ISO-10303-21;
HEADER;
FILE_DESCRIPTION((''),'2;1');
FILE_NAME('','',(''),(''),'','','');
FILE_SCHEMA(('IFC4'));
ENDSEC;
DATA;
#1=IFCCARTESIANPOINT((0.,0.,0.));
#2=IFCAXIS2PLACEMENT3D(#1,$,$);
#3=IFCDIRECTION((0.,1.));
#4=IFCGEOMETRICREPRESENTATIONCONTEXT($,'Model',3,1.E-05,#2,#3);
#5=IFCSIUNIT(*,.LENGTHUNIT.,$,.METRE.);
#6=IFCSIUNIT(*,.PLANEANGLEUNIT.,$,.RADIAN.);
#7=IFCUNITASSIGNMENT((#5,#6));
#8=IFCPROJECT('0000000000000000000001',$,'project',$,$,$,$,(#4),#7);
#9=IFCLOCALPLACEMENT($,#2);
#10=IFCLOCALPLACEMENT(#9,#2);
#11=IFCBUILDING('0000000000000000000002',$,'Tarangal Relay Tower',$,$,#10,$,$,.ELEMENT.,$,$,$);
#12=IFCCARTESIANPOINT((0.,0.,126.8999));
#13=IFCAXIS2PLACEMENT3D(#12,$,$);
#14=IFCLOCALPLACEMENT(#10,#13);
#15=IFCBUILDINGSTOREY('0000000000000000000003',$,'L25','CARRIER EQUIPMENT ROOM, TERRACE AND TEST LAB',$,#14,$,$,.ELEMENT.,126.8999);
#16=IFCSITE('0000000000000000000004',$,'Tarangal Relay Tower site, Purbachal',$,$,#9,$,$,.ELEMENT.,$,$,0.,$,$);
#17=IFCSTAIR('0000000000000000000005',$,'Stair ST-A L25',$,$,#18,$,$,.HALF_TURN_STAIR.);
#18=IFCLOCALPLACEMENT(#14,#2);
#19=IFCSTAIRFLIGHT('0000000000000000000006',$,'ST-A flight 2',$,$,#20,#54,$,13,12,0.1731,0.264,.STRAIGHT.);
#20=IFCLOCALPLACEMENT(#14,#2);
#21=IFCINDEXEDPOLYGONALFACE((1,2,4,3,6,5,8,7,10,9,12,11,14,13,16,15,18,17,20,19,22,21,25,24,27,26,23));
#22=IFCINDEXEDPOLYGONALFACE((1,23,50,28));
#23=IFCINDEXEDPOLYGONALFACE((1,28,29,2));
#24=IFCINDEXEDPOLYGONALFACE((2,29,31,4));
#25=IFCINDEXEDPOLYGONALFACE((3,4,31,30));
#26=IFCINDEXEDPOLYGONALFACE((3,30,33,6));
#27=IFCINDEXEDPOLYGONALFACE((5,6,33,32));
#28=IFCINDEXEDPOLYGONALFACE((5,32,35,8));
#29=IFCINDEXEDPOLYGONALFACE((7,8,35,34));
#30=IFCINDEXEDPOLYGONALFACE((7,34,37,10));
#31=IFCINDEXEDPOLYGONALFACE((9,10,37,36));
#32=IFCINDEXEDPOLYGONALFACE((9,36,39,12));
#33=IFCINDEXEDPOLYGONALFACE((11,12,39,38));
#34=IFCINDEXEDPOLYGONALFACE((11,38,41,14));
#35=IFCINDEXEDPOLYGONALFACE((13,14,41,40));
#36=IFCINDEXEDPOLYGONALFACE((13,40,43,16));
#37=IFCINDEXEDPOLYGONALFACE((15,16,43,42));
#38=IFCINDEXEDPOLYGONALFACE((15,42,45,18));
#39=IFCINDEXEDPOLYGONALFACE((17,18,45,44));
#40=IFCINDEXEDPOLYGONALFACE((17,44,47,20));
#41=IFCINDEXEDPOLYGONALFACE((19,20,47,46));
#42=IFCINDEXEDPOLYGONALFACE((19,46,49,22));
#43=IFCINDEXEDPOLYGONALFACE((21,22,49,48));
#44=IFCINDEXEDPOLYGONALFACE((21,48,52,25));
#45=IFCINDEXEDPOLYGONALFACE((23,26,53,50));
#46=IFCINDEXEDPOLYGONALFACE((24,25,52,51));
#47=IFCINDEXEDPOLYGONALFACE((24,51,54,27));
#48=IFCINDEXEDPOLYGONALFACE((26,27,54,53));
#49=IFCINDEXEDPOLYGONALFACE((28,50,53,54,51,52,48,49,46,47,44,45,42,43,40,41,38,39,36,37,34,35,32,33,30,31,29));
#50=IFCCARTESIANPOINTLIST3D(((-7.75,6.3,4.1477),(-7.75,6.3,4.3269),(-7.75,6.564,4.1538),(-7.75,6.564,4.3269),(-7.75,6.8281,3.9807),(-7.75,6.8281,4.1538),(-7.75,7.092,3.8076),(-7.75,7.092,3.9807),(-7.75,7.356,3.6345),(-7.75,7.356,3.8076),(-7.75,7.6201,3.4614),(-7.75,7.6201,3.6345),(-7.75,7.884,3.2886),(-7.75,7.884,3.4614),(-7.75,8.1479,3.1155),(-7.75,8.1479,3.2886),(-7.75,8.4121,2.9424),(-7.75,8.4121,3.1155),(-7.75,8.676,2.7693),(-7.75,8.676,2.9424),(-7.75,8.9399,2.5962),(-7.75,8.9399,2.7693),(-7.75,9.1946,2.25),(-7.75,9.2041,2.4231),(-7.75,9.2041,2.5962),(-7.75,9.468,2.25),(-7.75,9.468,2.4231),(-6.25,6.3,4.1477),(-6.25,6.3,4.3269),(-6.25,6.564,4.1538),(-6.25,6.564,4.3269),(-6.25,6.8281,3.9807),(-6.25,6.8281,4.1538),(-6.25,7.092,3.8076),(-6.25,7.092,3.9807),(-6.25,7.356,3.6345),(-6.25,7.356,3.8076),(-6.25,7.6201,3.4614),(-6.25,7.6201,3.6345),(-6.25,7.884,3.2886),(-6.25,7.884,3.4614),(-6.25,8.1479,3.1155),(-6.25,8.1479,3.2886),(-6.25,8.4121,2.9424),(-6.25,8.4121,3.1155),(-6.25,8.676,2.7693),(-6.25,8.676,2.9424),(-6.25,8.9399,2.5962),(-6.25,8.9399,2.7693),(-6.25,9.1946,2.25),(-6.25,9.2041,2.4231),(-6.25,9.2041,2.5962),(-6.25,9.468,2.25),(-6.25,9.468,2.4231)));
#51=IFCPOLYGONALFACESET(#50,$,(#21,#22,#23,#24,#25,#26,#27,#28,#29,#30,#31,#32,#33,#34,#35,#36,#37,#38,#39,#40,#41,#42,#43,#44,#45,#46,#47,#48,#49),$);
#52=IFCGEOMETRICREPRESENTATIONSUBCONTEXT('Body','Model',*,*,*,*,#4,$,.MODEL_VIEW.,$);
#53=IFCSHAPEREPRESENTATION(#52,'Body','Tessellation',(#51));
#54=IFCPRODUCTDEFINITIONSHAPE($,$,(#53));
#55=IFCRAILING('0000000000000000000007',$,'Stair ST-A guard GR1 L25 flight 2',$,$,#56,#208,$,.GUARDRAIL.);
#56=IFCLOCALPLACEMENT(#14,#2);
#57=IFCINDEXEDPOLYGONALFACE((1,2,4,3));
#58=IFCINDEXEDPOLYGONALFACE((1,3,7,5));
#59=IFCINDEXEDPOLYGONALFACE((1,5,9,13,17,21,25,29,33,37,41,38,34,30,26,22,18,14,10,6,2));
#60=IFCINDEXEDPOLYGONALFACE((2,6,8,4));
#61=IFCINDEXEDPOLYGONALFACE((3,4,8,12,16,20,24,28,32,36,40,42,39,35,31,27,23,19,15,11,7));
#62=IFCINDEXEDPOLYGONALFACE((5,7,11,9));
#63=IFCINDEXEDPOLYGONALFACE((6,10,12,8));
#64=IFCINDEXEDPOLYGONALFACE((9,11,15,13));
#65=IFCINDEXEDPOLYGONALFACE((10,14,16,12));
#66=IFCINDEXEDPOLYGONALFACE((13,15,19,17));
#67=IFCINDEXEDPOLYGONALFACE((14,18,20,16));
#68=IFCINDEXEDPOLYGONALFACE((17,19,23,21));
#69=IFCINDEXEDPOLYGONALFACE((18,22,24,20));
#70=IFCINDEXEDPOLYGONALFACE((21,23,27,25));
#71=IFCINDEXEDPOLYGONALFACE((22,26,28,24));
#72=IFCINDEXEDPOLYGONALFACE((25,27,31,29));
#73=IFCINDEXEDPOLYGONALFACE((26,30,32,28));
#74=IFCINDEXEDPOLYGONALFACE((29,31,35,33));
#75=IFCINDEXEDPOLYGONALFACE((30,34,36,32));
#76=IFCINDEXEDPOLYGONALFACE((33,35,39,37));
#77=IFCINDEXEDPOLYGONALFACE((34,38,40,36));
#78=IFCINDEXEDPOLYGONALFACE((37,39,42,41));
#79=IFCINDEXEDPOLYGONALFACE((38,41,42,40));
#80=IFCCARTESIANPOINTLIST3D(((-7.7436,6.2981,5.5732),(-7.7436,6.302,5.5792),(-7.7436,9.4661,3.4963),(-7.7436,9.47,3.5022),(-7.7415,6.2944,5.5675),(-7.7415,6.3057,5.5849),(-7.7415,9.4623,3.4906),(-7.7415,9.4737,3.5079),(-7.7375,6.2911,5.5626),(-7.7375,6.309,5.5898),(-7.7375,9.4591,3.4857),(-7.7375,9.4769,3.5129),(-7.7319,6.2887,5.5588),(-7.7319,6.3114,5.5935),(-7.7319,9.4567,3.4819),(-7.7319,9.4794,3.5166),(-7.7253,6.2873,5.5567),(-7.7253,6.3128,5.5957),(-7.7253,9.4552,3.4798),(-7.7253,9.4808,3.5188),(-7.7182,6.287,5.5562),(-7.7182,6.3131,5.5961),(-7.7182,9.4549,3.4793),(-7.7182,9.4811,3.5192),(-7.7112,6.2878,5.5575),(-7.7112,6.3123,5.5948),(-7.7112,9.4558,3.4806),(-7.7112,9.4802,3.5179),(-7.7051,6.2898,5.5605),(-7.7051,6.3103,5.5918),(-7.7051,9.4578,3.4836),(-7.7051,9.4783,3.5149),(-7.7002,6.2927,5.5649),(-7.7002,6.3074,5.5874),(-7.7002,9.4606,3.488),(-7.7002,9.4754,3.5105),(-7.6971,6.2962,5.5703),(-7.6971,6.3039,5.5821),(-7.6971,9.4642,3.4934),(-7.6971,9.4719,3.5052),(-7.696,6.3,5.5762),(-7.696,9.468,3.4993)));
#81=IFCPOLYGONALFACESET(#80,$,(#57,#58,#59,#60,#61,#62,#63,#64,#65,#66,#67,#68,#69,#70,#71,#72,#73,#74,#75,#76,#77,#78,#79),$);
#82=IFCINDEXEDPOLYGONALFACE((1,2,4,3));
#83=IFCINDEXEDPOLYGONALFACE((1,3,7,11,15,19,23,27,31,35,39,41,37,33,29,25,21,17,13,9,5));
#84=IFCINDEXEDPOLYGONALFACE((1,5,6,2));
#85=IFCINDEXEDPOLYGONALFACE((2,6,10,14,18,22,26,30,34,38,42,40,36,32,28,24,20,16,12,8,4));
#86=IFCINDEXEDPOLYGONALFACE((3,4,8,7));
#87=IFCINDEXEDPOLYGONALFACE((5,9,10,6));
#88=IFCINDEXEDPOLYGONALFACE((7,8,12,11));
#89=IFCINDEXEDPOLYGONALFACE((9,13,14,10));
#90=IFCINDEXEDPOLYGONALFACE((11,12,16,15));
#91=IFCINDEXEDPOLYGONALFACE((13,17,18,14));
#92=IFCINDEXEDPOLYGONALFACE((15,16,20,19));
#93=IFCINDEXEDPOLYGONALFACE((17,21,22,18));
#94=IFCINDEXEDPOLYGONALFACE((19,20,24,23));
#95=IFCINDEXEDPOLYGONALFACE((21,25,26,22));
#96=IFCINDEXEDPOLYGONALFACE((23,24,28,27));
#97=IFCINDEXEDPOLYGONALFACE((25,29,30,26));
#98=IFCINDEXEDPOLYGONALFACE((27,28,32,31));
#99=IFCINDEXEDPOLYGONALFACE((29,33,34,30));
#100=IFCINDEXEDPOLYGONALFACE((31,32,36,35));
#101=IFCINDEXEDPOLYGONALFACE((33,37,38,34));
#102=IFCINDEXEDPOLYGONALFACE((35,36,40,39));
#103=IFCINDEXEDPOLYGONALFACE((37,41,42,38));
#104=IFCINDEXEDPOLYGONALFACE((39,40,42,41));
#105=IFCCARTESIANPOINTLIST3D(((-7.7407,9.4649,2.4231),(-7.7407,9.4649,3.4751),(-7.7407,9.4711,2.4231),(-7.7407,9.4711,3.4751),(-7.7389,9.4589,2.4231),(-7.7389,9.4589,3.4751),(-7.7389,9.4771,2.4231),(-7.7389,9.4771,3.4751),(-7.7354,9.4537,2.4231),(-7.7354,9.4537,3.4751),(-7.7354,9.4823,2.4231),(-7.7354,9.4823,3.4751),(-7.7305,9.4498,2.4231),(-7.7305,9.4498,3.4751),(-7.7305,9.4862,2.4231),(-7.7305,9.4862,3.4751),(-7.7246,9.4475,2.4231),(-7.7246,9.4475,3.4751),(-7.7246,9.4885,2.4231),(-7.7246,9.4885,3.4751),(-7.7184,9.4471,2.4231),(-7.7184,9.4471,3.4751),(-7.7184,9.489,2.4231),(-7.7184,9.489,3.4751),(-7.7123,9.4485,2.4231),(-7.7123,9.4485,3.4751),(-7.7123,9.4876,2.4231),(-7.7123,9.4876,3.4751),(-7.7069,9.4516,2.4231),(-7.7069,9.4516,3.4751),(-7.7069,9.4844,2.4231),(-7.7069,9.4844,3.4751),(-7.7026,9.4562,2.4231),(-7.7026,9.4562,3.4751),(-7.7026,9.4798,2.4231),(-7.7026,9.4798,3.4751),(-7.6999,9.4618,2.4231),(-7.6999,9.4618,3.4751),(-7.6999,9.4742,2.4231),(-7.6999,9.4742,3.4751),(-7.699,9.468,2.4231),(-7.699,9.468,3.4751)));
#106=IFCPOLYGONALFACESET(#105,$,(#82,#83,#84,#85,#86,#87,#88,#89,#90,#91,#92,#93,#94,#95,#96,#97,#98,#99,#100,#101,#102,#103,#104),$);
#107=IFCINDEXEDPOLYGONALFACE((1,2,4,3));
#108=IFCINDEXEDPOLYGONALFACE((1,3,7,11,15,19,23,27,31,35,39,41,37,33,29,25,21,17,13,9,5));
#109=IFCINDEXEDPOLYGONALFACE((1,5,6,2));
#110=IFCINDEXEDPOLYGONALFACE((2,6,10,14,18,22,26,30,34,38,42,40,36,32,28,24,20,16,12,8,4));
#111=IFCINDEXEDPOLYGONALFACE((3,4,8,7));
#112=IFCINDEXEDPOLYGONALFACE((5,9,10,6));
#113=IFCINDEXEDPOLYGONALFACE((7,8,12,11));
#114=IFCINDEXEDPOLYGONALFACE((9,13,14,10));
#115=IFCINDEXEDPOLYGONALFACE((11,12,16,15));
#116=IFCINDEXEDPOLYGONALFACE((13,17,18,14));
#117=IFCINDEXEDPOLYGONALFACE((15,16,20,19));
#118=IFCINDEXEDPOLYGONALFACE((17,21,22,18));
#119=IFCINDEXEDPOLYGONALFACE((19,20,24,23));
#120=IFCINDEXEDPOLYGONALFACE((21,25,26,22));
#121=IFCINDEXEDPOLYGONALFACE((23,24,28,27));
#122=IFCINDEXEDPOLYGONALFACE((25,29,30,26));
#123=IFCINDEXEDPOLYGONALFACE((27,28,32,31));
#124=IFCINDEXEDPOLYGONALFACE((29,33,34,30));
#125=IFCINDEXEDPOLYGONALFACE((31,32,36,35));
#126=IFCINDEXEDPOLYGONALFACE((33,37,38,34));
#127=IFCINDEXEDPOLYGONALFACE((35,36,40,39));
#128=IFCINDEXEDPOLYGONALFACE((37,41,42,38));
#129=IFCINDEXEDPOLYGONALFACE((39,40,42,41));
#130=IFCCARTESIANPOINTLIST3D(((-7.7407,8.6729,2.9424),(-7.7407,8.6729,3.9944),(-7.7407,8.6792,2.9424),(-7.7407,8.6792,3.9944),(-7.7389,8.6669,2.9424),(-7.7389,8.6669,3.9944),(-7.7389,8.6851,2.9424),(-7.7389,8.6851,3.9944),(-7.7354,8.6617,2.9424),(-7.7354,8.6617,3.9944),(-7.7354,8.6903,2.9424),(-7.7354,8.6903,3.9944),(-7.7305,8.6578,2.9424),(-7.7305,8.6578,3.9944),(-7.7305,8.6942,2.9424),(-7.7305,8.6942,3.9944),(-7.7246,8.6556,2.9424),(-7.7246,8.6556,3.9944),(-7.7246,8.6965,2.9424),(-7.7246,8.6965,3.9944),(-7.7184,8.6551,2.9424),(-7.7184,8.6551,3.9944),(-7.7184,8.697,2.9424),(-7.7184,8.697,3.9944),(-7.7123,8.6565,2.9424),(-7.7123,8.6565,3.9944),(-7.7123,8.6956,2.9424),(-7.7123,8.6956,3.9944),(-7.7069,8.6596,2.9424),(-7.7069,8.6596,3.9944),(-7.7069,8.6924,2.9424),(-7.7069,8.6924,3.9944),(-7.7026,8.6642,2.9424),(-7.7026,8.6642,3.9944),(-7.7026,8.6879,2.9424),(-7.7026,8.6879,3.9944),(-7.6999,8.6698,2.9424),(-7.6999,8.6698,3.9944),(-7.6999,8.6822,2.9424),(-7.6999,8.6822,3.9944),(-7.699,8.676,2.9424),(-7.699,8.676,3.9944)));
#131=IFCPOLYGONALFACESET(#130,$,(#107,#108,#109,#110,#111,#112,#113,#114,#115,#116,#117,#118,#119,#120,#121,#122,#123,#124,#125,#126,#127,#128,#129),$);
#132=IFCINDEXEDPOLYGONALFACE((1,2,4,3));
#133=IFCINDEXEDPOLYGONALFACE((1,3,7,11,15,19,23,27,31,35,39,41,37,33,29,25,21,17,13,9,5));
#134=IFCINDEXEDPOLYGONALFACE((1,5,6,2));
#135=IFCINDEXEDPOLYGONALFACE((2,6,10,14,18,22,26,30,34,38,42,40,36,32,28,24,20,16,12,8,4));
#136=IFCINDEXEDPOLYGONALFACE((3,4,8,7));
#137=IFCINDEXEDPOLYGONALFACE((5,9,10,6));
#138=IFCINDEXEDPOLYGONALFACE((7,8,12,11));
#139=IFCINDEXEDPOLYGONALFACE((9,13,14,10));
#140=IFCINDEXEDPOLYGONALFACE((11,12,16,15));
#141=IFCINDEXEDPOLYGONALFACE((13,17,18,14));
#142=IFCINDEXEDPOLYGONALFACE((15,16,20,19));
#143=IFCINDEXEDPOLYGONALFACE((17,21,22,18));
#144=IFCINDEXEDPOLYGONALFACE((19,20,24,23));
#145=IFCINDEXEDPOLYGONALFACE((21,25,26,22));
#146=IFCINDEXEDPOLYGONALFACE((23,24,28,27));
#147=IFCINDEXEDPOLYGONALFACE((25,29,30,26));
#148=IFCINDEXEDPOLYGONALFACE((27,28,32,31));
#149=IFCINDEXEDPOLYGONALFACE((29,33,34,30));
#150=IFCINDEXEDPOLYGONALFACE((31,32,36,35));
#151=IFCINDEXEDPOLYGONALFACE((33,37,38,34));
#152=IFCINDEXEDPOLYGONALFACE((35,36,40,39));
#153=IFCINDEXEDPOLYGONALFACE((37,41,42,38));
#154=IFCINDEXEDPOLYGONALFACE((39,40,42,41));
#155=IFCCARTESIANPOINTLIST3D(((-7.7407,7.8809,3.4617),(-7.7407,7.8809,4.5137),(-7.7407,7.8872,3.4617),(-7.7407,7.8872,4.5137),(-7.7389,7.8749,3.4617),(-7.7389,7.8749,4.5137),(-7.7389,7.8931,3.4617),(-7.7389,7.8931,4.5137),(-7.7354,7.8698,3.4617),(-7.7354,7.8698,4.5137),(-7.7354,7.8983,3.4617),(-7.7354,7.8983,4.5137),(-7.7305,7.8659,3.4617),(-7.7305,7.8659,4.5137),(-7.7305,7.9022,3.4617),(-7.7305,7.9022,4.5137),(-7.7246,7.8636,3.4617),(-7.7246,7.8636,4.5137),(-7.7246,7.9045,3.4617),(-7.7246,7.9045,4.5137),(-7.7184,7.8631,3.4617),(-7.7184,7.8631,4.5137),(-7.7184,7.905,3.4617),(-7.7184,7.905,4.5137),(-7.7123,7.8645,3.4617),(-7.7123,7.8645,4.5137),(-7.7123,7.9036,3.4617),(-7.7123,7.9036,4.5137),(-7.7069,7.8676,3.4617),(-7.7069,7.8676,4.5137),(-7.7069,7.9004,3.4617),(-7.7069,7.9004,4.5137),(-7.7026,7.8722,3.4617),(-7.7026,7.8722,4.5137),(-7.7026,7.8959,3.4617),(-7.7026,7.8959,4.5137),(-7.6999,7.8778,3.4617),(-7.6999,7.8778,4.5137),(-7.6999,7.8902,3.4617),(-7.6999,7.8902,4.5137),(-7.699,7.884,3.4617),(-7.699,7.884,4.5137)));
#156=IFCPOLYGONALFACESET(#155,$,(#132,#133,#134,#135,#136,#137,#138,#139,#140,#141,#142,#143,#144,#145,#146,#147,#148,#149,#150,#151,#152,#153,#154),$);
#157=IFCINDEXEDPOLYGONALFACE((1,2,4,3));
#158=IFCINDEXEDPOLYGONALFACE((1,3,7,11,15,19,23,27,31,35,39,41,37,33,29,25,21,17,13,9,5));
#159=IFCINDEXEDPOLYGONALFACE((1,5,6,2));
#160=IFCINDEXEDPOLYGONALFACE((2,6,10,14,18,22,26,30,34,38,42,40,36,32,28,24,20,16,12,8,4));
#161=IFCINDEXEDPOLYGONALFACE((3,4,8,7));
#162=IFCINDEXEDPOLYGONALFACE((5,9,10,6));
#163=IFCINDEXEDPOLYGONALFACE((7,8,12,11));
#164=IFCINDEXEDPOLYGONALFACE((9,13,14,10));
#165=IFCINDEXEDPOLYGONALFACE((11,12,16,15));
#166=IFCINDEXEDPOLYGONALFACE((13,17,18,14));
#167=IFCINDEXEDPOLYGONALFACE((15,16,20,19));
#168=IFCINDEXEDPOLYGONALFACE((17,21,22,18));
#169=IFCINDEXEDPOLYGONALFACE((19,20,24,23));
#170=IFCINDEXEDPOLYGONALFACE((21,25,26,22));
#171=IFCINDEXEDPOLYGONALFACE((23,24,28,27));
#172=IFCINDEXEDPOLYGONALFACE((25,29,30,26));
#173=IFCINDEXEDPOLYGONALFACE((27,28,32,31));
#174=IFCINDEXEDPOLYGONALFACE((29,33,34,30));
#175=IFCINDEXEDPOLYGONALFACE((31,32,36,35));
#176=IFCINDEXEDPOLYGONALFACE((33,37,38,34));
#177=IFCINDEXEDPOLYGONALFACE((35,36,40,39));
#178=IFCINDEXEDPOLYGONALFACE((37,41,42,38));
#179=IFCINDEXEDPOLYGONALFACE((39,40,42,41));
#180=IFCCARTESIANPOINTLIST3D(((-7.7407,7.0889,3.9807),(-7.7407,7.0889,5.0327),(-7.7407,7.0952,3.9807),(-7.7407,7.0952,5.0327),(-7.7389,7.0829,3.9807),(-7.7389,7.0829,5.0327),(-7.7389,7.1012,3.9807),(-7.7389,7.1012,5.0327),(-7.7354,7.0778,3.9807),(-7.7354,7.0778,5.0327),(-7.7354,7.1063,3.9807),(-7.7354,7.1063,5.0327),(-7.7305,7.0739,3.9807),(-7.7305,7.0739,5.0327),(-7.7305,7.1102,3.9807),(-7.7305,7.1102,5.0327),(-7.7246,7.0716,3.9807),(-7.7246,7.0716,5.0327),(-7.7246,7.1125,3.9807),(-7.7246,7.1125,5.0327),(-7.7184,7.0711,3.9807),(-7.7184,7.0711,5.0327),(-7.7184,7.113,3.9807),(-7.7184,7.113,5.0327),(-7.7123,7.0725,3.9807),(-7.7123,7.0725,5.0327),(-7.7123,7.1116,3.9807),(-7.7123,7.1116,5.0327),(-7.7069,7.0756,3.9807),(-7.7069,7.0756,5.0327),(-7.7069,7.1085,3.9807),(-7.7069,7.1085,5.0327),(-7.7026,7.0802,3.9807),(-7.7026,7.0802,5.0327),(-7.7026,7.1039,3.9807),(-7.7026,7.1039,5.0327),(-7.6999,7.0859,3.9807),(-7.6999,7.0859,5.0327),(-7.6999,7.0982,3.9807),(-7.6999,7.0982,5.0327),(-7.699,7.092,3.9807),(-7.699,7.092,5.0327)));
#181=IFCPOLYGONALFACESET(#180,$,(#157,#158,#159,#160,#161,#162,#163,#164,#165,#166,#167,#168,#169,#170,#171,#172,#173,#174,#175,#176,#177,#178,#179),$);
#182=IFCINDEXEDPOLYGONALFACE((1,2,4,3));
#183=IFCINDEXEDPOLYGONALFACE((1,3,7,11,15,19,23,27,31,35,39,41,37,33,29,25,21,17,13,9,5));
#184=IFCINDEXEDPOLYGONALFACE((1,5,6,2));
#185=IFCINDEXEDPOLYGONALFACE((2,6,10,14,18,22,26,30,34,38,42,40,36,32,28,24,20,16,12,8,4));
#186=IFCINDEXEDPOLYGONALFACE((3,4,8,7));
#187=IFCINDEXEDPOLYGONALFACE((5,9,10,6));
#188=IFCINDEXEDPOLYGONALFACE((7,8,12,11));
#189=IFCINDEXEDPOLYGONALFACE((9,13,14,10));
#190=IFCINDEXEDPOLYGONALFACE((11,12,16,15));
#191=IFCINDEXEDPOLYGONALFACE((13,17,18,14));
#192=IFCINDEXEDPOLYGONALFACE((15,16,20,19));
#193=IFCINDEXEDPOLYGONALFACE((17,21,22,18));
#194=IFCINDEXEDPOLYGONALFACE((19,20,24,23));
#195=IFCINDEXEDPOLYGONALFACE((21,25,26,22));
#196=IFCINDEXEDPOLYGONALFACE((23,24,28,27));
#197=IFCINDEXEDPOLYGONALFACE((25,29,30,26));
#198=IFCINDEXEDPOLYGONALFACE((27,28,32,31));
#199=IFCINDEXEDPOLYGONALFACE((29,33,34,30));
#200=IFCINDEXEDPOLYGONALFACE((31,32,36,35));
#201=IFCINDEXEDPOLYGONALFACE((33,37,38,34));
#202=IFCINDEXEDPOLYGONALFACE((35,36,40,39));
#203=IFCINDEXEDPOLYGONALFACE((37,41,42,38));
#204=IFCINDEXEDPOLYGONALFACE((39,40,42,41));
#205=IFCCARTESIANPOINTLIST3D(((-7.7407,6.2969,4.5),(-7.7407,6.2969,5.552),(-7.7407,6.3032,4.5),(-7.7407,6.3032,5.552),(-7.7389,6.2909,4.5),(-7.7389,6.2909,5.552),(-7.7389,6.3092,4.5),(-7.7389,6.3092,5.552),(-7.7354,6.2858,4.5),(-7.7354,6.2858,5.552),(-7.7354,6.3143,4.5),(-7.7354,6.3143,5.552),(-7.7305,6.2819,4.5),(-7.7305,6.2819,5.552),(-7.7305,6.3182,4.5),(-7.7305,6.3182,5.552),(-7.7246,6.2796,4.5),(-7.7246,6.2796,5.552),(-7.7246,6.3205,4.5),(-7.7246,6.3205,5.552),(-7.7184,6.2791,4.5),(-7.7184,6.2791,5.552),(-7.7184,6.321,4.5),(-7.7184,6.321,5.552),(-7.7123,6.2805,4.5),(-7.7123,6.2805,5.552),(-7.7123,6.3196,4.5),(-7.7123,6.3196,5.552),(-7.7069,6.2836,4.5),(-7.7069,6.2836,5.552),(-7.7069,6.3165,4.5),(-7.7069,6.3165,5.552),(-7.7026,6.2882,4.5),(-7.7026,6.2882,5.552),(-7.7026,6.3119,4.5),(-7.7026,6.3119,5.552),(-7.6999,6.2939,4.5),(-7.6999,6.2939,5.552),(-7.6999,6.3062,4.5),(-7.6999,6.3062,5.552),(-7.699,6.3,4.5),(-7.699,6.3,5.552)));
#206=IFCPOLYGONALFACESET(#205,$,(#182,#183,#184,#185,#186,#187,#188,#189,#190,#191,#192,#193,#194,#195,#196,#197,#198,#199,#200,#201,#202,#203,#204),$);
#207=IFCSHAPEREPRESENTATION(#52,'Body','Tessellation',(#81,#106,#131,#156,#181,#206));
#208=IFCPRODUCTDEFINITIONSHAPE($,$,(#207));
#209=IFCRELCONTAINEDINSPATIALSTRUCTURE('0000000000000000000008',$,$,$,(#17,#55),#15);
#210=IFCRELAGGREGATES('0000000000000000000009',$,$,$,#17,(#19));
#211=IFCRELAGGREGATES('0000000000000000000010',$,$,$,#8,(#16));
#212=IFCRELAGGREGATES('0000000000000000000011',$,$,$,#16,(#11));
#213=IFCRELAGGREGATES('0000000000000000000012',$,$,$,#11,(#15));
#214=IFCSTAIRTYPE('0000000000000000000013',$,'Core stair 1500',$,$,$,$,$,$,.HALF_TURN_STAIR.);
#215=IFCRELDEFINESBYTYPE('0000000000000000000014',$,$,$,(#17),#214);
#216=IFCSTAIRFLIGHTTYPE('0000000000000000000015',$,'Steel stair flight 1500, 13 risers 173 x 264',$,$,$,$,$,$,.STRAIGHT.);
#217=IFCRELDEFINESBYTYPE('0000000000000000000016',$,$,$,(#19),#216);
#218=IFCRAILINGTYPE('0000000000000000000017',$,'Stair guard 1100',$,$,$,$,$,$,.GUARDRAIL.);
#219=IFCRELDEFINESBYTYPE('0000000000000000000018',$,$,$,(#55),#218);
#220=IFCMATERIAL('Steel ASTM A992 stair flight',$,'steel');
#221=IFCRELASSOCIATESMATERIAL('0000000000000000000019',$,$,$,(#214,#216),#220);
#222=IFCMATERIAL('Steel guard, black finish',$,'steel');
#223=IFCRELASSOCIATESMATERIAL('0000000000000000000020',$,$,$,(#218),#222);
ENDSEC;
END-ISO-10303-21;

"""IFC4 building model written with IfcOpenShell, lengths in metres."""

from ifc_helpers import new_model, si_unit, direction, frame, origin, origin_2d, place, context, subcontext, project, spatial, polyline, circle, outline, extrude, material, type_object, element, aggregate, save


model = new_model("IFC4")

# Units and contexts
model_context = context("Model", 3, precision=1e-05, world=origin(), true_north=direction((0.0, 1.0)))
body_context = subcontext(model_context, "Body", "Model", "MODEL_VIEW")
ifc_project = project(units=[si_unit("LENGTHUNIT", "METRE"), si_unit("PLANEANGLEUNIT", "RADIAN")], contexts=[model_context])

# Site, building, storey
site_placement = place(None, origin())
site = spatial("IfcSite", under=ifc_project, at=site_placement, Name="Tarangal Relay Tower site, Purbachal", CompositionType="ELEMENT", RefElevation=0.0)
building_placement = place(site_placement, origin())
building = spatial("IfcBuilding", under=site, at=building_placement, Name="Tarangal Relay Tower", CompositionType="ELEMENT")
storey_placement = place(building_placement, frame((0.0, 0.0, 126.8999)))
storey = spatial("IfcBuildingStorey", under=building, at=storey_placement, Name="L25", Description="CARRIER EQUIPMENT ROOM, TERRACE AND TEST LAB", CompositionType="ELEMENT", Elevation=126.8999)

# Stair, stair flight
ifc_material_1 = material(Name="Steel ASTM A992 stair flight", Category="steel")
stair_type = type_object("IfcStairType", Name="Core stair 1500", PredefinedType="HALF_TURN_STAIR", material=ifc_material_1)
stair_placement = place(storey_placement, origin())
stair = element("IfcStair", 1, at=stair_placement, inside=storey, type_object=stair_type, Name="Stair ST-A L25", PredefinedType="HALF_TURN_STAIR")
stair_flight_type = type_object("IfcStairFlightType", Name="Steel stair flight 1500, 13 risers 173 x 264", PredefinedType="STRAIGHT", material=ifc_material_1)
stair_flight_placement = place(storey_placement, frame((-7.0, 9.468, 2.25), z_axis=(0.0, 0.0, 1.0), x_axis=(0.0, -1.0, 0.0)))
stair_flight = element("IfcStairFlight", 2, at=stair_flight_placement, type_object=stair_flight_type, Name="ST-A flight 2", NumberOfRisers=13, NumberOfTreads=12, PredefinedType="STRAIGHT", RiserHeight=0.1731, TreadLength=0.264, context=body_context, shape_type="SweptSolid", body=[
    extrude(outline(polyline([(0.0, 0.0), (0.0, 0.1731), (0.2639, 0.1731), (0.2639, 0.3462), (0.5281, 0.3462), (0.5281, 0.5193), (0.792, 0.5193), (0.792, 0.6924), (1.0559, 0.6924), (1.0559, 0.8655), (1.3201, 0.8655), (1.3201, 1.0386), (1.584, 1.0386), (1.584, 1.2114), (1.8479, 1.2114), (1.8479, 1.3845), (2.1121, 1.3845), (2.1121, 1.5576), (2.376, 1.5576), (2.376, 1.7307), (2.6399, 1.7307), (2.6399, 1.9038), (2.9041, 1.9038), (2.9041, 2.0769), (3.168, 2.0769), (3.168, 2.25), (3.168, 1.8977), (0.2734, 0.0), (0.0, 0.0)])), frame((0.0, 0.75, 0.0), z_axis=(0.0, -1.0, 0.0), x_axis=(1.0, 0.0, 0.0)), (0.0, 0.0, 1.0), 1.5),
])
aggregate(stair, [stair_flight])

# Railing
ifc_material_2 = material(Name="Steel guard, black finish", Category="steel")
railing_type_1 = type_object("IfcRailingType", Name="Stair guard 1100", PredefinedType="GUARDRAIL", material=ifc_material_2)
railing_1_placement = place(storey_placement, frame((-7.72, 9.468, 2.4231)))
element("IfcRailing", 3, at=railing_1_placement, inside=storey, type_object=railing_type_1, Name="Stair ST-A guard GR1 L25 flight 2", PredefinedType="GUARDRAIL", context=body_context, shape_type="SweptSolid", body=[
    extrude(circle(Radius=0.0239, at=origin_2d()), frame((0.0, 0.0, 1.0762), z_axis=(0.0, -0.836299, 0.548273), x_axis=(1.0, 0.0, 0.0)), (0.0, 0.0, 1.0), 3.7881),
    extrude(circle(Radius=0.021, at=origin_2d()), origin(), (0.0, 0.0, 1.0), 1.052),
    extrude(circle(Radius=0.021, at=origin_2d()), frame((0.0, -0.792, 0.5193)), (0.0, 0.0, 1.0), 1.052),
    extrude(circle(Radius=0.021, at=origin_2d()), frame((0.0, -1.584, 1.0386)), (0.0, 0.0, 1.0), 1.052),
    extrude(circle(Radius=0.021, at=origin_2d()), frame((0.0, -2.376, 1.5576)), (0.0, 0.0, 1.0), 1.052),
    extrude(circle(Radius=0.021, at=origin_2d()), frame((0.0, -3.168, 2.0769)), (0.0, 0.0, 1.0), 1.052),
])

save(model, "model.ifc")
